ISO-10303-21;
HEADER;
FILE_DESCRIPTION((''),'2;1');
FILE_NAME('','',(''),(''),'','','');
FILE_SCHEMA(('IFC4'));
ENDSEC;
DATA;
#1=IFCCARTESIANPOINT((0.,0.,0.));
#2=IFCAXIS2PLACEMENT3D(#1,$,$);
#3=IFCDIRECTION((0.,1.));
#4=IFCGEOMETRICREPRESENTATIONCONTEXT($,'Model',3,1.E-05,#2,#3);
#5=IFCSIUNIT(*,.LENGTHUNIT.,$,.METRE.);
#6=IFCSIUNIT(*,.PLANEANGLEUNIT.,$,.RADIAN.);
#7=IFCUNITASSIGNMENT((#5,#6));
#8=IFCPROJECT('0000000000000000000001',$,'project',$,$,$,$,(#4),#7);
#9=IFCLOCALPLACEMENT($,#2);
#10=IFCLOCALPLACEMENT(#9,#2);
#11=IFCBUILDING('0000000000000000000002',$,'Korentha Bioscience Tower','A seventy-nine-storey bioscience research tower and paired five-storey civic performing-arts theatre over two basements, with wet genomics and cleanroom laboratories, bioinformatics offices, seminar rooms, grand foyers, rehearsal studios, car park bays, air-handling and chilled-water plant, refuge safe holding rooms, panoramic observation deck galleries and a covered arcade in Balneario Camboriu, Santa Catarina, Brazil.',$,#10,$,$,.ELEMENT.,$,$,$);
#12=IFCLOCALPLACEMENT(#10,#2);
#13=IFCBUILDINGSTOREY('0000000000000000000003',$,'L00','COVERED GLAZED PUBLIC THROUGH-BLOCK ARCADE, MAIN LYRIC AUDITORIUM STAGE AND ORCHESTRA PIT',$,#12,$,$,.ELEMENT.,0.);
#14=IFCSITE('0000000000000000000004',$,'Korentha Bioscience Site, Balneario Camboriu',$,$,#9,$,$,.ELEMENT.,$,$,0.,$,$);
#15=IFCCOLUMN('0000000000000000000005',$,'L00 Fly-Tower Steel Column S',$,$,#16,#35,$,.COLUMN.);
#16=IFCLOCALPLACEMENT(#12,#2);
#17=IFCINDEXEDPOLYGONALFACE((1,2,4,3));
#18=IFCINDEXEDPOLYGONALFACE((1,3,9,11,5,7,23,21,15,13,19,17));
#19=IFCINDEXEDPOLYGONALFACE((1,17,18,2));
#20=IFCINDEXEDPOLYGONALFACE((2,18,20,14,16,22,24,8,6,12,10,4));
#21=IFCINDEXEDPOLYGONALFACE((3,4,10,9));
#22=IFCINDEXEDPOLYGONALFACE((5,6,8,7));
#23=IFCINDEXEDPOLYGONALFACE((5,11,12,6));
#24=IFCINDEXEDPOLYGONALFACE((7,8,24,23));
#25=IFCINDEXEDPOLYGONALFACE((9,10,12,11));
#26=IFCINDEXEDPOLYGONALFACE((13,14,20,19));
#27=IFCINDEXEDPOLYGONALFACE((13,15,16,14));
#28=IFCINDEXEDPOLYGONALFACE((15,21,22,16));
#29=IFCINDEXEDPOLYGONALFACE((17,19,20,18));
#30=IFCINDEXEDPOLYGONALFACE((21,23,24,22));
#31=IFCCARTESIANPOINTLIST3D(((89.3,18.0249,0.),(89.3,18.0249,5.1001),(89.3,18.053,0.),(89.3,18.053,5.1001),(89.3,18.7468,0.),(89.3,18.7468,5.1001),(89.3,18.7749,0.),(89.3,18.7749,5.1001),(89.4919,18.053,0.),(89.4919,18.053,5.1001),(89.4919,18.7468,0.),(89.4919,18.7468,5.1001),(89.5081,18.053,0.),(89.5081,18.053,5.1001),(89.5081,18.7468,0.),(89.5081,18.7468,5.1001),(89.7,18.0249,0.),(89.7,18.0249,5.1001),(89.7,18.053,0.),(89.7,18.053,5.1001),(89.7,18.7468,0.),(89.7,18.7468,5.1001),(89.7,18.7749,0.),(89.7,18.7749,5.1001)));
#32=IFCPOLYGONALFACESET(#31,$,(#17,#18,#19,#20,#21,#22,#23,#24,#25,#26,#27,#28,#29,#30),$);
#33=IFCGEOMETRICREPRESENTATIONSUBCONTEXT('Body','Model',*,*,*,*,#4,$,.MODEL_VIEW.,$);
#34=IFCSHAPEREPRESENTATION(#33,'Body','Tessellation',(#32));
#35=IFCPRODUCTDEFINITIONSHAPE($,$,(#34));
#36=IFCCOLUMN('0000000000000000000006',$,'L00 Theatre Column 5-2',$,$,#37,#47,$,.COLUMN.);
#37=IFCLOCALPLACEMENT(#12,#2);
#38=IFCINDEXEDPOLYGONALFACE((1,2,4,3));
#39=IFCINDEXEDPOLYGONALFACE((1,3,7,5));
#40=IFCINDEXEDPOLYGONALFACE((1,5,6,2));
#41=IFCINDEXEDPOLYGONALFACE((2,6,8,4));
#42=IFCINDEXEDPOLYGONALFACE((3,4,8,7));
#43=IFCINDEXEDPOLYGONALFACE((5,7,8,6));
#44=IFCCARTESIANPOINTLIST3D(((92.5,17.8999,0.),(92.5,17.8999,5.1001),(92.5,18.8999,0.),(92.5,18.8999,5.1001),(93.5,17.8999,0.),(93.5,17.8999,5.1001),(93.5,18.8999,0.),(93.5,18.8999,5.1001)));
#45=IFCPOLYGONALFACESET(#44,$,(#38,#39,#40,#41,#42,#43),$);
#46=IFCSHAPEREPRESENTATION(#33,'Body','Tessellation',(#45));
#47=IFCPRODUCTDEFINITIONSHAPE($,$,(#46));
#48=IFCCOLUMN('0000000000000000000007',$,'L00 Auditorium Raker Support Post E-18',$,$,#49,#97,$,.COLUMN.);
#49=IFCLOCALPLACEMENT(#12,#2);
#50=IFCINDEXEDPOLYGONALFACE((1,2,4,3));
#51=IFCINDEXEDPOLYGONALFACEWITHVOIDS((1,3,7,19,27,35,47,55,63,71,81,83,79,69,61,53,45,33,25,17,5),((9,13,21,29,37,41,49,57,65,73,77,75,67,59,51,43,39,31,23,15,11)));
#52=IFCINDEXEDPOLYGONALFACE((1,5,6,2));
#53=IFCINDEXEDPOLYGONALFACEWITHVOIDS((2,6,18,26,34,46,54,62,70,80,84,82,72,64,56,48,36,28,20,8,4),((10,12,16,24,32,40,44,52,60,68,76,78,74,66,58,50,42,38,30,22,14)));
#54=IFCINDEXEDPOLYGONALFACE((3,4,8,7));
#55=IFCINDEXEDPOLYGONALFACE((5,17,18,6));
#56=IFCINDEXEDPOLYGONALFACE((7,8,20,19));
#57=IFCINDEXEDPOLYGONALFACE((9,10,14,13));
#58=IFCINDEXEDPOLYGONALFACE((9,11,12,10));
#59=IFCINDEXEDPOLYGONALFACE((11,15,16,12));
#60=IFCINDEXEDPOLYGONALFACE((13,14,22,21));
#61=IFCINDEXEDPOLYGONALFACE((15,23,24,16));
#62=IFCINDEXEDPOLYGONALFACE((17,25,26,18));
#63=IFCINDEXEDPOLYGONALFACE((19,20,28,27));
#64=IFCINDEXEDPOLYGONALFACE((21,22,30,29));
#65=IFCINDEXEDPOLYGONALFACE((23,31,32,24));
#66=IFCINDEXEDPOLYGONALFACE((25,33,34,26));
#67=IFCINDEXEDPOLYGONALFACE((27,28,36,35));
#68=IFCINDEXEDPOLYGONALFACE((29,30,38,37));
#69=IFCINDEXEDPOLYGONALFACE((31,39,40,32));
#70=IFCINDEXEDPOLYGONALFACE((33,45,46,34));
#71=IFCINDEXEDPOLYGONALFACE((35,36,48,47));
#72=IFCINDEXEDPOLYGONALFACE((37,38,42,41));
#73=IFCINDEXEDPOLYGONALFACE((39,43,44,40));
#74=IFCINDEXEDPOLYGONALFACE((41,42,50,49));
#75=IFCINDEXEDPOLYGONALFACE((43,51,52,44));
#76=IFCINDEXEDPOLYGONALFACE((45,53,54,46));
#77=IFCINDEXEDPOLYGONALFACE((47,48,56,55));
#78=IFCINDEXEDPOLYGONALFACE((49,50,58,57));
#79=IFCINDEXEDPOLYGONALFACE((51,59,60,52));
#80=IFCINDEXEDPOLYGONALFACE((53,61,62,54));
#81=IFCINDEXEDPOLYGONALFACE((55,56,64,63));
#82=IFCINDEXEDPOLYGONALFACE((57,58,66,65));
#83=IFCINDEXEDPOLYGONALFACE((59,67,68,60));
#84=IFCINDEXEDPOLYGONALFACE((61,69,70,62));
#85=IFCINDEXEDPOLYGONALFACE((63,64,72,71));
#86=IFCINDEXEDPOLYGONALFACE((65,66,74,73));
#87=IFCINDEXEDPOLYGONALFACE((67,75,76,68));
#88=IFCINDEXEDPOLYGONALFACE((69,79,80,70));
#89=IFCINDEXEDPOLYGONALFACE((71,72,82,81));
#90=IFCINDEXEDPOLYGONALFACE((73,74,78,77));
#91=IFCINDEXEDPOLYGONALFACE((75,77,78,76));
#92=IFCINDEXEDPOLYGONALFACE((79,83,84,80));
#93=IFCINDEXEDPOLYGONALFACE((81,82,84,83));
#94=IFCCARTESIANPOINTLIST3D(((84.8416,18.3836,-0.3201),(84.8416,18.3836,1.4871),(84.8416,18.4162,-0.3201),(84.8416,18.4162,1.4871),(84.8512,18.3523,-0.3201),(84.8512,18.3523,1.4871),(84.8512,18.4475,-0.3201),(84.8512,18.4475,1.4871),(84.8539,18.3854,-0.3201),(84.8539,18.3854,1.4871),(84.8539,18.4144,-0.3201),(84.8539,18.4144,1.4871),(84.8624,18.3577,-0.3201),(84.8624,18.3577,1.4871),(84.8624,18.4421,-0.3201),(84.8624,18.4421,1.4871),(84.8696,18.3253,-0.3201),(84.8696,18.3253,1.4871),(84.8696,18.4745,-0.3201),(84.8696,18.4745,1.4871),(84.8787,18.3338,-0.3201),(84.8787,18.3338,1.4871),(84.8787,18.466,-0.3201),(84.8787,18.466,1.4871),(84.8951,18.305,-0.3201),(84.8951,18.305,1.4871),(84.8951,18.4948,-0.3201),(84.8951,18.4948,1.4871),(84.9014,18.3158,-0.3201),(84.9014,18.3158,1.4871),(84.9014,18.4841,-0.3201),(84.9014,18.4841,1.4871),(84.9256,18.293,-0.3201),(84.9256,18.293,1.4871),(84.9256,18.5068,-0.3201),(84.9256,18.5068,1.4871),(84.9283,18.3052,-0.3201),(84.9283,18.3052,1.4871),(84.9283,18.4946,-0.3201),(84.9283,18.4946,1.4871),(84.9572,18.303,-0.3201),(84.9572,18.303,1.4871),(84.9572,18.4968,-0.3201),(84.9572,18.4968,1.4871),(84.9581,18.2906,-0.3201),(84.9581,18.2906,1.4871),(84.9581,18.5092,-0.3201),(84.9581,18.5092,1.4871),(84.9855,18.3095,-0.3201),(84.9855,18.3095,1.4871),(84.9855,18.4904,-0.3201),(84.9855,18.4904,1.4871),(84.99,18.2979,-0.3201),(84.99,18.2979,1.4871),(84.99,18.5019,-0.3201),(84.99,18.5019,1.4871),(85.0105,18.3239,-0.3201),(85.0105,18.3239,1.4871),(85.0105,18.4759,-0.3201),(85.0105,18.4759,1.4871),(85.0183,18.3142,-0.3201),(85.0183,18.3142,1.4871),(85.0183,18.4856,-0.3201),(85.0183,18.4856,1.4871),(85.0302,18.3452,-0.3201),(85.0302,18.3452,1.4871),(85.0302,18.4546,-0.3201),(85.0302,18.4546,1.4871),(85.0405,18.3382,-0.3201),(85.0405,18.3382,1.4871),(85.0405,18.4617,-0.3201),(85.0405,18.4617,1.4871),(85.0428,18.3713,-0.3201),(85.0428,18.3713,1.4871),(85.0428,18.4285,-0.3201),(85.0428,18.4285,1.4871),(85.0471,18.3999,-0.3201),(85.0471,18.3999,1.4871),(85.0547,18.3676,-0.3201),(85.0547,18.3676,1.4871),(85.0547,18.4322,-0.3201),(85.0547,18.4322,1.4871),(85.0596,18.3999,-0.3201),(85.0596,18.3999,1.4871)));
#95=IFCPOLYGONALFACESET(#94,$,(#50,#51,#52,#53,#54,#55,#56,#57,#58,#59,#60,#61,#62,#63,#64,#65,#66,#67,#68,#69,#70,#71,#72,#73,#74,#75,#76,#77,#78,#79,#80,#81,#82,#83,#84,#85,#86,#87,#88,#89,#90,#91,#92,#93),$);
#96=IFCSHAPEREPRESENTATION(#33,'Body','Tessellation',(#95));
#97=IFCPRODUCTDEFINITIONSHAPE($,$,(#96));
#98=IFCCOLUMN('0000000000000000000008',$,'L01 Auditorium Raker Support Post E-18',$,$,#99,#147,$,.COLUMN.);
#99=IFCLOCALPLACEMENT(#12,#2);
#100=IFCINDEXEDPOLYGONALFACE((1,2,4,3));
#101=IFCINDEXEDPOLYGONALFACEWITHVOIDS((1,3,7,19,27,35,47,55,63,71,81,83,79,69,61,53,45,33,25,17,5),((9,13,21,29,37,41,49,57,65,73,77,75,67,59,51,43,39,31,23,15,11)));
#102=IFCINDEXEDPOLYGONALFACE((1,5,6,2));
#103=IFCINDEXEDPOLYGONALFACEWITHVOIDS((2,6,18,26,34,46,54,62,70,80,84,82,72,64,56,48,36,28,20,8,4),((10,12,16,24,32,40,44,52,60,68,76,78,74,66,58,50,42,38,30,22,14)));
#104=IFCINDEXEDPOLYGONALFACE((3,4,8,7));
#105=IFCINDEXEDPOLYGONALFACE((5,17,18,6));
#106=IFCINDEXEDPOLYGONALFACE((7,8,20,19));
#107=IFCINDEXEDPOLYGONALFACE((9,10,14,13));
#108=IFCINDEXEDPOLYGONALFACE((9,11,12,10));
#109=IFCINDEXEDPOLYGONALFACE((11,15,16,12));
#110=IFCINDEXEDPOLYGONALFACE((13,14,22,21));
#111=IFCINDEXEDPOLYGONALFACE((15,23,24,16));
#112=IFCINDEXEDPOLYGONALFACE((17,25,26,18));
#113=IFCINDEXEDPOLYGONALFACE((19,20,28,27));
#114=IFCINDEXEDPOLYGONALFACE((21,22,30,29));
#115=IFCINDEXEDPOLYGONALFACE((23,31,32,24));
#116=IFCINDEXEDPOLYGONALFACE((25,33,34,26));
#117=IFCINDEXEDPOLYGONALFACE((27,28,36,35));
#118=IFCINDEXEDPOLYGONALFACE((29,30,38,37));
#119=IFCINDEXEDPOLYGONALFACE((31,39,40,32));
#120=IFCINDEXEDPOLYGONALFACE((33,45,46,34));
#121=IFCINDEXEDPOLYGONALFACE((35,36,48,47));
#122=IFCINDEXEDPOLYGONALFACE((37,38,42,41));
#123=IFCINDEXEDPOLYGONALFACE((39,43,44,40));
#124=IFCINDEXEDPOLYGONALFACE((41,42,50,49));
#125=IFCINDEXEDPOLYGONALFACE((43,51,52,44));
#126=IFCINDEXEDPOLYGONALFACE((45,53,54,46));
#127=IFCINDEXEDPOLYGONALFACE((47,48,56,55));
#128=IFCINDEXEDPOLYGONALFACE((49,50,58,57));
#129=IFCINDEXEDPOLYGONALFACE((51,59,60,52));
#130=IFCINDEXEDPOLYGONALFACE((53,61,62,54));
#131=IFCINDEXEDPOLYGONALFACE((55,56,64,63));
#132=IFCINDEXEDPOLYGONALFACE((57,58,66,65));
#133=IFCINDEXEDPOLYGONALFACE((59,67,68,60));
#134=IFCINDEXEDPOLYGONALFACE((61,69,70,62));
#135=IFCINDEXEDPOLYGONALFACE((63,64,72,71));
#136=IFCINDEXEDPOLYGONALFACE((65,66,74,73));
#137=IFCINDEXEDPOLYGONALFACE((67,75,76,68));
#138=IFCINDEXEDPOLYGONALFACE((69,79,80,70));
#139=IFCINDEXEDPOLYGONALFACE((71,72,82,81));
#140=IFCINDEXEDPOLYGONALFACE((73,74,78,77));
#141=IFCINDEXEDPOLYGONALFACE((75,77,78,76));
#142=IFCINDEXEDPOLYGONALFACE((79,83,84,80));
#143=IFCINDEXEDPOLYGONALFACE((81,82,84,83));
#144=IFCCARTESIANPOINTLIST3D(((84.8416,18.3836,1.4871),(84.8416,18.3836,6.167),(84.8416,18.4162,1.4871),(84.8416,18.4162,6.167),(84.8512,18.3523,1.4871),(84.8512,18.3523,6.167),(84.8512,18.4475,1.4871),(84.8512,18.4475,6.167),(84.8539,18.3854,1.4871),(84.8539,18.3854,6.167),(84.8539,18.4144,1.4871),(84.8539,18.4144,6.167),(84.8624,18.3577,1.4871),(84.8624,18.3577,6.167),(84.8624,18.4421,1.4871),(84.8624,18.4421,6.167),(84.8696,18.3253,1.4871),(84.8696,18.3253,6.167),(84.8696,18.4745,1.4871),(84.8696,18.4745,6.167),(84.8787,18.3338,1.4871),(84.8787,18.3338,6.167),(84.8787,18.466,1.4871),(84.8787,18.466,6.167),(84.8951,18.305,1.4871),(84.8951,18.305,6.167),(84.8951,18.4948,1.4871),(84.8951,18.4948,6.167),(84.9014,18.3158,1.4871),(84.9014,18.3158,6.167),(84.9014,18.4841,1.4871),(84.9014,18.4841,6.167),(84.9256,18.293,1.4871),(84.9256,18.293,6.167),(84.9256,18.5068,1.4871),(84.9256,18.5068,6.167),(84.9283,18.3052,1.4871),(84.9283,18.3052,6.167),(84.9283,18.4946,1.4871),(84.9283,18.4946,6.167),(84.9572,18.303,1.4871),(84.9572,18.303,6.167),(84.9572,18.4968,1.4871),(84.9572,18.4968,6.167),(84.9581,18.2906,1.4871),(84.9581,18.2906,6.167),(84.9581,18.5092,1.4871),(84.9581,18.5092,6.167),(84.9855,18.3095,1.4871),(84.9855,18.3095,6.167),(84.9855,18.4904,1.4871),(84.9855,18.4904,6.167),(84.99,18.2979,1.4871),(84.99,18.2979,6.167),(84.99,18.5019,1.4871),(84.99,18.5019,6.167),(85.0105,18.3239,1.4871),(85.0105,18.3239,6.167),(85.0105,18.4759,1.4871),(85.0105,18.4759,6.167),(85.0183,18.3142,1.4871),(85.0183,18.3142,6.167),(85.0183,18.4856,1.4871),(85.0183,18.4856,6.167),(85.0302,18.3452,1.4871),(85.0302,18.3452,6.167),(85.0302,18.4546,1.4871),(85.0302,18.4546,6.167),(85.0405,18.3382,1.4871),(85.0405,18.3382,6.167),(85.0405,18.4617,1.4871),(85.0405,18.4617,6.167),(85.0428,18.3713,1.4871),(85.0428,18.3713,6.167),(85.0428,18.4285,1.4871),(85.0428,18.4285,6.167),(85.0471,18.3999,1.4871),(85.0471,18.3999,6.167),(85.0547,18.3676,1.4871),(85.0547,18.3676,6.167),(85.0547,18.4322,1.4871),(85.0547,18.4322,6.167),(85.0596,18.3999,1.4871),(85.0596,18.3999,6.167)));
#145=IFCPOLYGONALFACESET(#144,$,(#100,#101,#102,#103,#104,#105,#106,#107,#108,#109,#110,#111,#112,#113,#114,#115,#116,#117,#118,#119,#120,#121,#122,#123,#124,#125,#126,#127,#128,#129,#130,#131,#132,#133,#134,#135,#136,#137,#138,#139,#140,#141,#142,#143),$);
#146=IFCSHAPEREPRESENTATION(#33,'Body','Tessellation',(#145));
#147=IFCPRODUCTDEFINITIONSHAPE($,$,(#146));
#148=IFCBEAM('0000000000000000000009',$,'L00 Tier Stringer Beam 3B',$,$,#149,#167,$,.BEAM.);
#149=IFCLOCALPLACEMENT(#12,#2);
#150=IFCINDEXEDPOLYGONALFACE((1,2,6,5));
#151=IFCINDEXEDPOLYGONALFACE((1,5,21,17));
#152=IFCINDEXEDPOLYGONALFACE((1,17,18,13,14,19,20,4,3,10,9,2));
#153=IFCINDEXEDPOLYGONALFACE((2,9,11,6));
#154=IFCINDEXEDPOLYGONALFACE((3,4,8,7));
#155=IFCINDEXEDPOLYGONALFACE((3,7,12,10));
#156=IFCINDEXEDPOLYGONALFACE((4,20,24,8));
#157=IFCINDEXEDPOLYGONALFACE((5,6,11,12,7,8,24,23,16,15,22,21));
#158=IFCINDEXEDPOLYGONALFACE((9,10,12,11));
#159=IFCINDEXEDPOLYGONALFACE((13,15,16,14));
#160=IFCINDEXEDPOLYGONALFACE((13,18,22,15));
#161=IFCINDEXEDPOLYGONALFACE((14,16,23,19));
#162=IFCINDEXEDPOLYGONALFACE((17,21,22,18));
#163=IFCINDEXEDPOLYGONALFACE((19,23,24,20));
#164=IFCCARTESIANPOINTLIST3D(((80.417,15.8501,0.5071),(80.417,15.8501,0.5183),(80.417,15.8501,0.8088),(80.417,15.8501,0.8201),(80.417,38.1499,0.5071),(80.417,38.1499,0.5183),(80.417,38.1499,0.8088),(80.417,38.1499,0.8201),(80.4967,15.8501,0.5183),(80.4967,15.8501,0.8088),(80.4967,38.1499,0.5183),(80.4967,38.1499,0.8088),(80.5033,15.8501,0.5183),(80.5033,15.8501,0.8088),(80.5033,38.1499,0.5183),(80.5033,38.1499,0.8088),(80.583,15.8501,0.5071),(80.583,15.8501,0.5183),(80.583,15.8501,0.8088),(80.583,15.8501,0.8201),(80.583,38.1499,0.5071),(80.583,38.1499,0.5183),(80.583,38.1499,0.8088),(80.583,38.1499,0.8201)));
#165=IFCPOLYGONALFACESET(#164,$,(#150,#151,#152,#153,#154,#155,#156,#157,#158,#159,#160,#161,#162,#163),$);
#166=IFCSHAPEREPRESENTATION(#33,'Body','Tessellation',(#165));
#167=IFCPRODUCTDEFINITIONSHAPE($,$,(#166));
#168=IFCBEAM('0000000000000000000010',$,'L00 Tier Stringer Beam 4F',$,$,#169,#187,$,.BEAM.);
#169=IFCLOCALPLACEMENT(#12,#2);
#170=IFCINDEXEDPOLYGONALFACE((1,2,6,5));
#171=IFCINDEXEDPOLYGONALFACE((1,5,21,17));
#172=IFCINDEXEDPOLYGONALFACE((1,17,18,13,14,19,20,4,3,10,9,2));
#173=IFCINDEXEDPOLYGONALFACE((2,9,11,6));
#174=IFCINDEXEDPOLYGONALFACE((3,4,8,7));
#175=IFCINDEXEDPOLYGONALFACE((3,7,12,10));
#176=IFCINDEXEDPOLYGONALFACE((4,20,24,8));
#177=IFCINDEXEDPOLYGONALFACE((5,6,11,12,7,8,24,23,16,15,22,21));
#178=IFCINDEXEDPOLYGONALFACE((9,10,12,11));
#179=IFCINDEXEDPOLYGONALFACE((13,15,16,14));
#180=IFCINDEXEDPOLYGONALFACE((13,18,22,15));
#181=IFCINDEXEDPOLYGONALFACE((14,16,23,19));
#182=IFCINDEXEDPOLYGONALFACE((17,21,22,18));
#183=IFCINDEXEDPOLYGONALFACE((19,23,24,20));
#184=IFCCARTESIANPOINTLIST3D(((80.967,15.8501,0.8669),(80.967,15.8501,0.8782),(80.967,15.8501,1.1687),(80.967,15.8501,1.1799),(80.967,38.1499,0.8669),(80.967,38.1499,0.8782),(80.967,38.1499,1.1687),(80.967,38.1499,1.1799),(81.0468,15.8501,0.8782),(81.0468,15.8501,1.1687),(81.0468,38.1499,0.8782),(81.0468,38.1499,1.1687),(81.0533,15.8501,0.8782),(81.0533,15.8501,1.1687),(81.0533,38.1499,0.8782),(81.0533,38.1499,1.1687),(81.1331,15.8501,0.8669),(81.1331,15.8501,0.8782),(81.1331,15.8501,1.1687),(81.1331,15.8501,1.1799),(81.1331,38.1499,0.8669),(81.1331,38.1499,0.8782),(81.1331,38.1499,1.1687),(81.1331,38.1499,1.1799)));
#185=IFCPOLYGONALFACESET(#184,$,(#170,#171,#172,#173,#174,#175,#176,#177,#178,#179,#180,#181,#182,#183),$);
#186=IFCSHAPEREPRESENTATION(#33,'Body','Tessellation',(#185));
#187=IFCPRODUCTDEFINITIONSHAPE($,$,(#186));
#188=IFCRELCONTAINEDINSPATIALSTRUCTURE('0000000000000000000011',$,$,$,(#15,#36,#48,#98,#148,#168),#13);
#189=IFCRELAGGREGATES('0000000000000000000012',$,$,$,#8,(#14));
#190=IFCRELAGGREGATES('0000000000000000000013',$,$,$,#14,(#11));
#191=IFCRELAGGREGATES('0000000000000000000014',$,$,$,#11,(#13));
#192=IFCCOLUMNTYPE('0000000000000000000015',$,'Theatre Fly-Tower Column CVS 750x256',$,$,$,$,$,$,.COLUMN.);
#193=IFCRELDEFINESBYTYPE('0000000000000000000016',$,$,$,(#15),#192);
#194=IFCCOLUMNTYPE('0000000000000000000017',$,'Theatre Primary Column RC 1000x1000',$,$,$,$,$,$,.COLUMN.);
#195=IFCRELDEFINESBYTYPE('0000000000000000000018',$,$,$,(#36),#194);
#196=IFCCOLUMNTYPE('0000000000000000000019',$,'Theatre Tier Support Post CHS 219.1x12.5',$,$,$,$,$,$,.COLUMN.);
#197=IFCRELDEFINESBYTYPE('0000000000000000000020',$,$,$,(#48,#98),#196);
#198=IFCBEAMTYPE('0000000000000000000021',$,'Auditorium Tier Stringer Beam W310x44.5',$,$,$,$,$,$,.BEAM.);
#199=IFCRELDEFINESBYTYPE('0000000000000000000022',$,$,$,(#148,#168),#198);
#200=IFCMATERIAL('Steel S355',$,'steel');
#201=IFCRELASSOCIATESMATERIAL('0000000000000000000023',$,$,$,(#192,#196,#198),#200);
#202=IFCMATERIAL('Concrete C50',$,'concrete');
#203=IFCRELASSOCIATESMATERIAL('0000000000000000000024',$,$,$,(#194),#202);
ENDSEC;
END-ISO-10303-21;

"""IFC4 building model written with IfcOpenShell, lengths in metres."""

from ifc_helpers import new_model, si_unit, direction, frame, origin, origin_2d, place, context, subcontext, project, spatial, rectangle, hollow_circle, i_section, extrude, material, material_profile, profile_set, type_object, element, save


model = new_model("IFC4")

# Units and contexts
model_context = context("Model", 3, precision=1e-05, world=origin(), true_north=direction((0.0, 1.0)))
body_context = subcontext(model_context, "Body", "Model", "MODEL_VIEW")
ifc_project = project(units=[si_unit("LENGTHUNIT", "METRE"), si_unit("PLANEANGLEUNIT", "RADIAN")], contexts=[model_context])

# Site, building, storey
site_placement = place(None, origin())
site = spatial("IfcSite", under=ifc_project, at=site_placement, Name="Korentha Bioscience Site, Balneario Camboriu", CompositionType="ELEMENT", RefElevation=0.0)
building_placement = place(site_placement, origin())
building = spatial("IfcBuilding", under=site, at=building_placement, Name="Korentha Bioscience Tower", Description="A seventy-nine-storey bioscience research tower and paired five-storey civic performing-arts theatre over two basements, with wet genomics and cleanroom laboratories, bioinformatics offices, seminar rooms, grand foyers, rehearsal studios, car park bays, air-handling and chilled-water plant, refuge safe holding rooms, panoramic observation deck galleries and a covered arcade in Balneario Camboriu, Santa Catarina, Brazil.", CompositionType="ELEMENT")
storey_placement = place(building_placement, origin())
storey = spatial("IfcBuildingStorey", under=building, at=storey_placement, Name="L00", Description="COVERED GLAZED PUBLIC THROUGH-BLOCK ARCADE, MAIN LYRIC AUDITORIUM STAGE AND ORCHESTRA PIT", CompositionType="ELEMENT", Elevation=0.0)

# Columns
ifc_material_1 = material(Name="Steel S355", Category="steel")
ifc_material_profile_1 = material_profile(ifc_material_1, i_section(OverallWidth=0.3999, OverallDepth=0.75, WebThickness=0.0161, FlangeThickness=0.0281, at=origin_2d()), Name="Steel S355")
ifc_profile_set_1 = profile_set([ifc_material_profile_1], Name="Steel S355 (TC-02)")
column_type_1 = type_object("IfcColumnType", Name="Theatre Fly-Tower Column CVS 750x256", PredefinedType="COLUMN", material=ifc_profile_set_1)
column_1_placement = place(storey_placement, frame((89.5, 18.3999, 0.0), z_axis=(0.0, 0.0, 1.0), x_axis=(1.0, 0.0, 0.0)))
element("IfcColumn", 1, at=column_1_placement, inside=storey, type_object=column_type_1, Name="L00 Fly-Tower Steel Column S", PredefinedType="COLUMN", context=body_context, shape_type="SweptSolid", body=[
    extrude(i_section(OverallWidth=0.3999, OverallDepth=0.75, WebThickness=0.0161, FlangeThickness=0.0281, at=origin_2d()), origin(), (0.0, 0.0, 1.0), 5.1001),
])
ifc_material_2 = material(Name="Concrete C50", Category="concrete")
ifc_material_profile_2 = material_profile(ifc_material_2, rectangle(XDim=1.0, YDim=1.0, at=origin_2d()), Name="Concrete C50")
ifc_profile_set_2 = profile_set([ifc_material_profile_2], Name="Concrete C50 (TC-01)")
column_type_2 = type_object("IfcColumnType", Name="Theatre Primary Column RC 1000x1000", PredefinedType="COLUMN", material=ifc_profile_set_2)
column_2_placement = place(storey_placement, frame((93.0, 18.3999, 0.0), z_axis=(0.0, 0.0, 1.0), x_axis=(1.0, 0.0, 0.0)))
element("IfcColumn", 2, at=column_2_placement, inside=storey, type_object=column_type_2, Name="L00 Theatre Column 5-2", PredefinedType="COLUMN", context=body_context, shape_type="SweptSolid", body=[
    extrude(rectangle(XDim=1.0, YDim=1.0, at=origin_2d()), origin(), (0.0, 0.0, 1.0), 5.1001),
])
ifc_material_profile_3 = material_profile(ifc_material_1, hollow_circle(Radius=0.1096, WallThickness=0.0125, at=origin_2d()), Name="Steel S355")
ifc_profile_set_3 = profile_set([ifc_material_profile_3], Name="Steel S355 (TC-P219)")
column_type_3 = type_object("IfcColumnType", Name="Theatre Tier Support Post CHS 219.1x12.5", PredefinedType="COLUMN", material=ifc_profile_set_3)
column_3_placement = place(storey_placement, frame((84.95, 18.3999, -0.3201), z_axis=(0.0, 0.0, 1.0), x_axis=(1.0, 0.0, 0.0)))
element("IfcColumn", 3, at=column_3_placement, inside=storey, type_object=column_type_3, Name="L00 Auditorium Raker Support Post E-18", PredefinedType="COLUMN", context=body_context, shape_type="SweptSolid", body=[
    extrude(hollow_circle(Radius=0.1096, WallThickness=0.0125, at=origin_2d()), origin(), (0.0, 0.0, 1.0), 1.8071),
])
column_4_placement = place(storey_placement, frame((84.95, 18.3999, 1.4871), z_axis=(0.0, 0.0, 1.0), x_axis=(1.0, 0.0, 0.0)))
element("IfcColumn", 4, at=column_4_placement, inside=storey, type_object=column_type_3, Name="L01 Auditorium Raker Support Post E-18", PredefinedType="COLUMN", context=body_context, shape_type="SweptSolid", body=[
    extrude(hollow_circle(Radius=0.1096, WallThickness=0.0125, at=origin_2d()), origin(), (0.0, 0.0, 1.0), 4.6799),
])

# Beams
ifc_material_profile_4 = material_profile(ifc_material_1, i_section(OverallWidth=0.166, OverallDepth=0.313, WebThickness=0.0066, FlangeThickness=0.0112, at=origin_2d()), Name="Steel S355")
ifc_profile_set_4 = profile_set([ifc_material_profile_4], Name="Steel S355 (TS-310)")
beam_type_1 = type_object("IfcBeamType", Name="Auditorium Tier Stringer Beam W310x44.5", PredefinedType="BEAM", material=ifc_profile_set_4)
for number, where, z_axis, x_axis, name in (
    (5, (80.5, 15.8501, 0.6636), (0.0, 1.0, 0.0), (-1.0, 0.0, 0.0), "L00 Tier Stringer Beam 3B"),
    (6, (81.05, 15.8501, 1.0234), (0.0, 1.0, 0.0), (-1.0, 0.0, 0.0), "L00 Tier Stringer Beam 4F"),
):
    element("IfcBeam", number, at=place(storey_placement, frame(where, z_axis=z_axis, x_axis=x_axis)), inside=storey, type_object=beam_type_1, Name=name, PredefinedType="BEAM", context=body_context, shape_type="SweptSolid", body=[
        extrude(i_section(OverallWidth=0.166, OverallDepth=0.313, WebThickness=0.0066, FlangeThickness=0.0112, at=origin_2d()), origin(), (0.0, 0.0, 1.0), 22.2998),
    ])

save(model, "model.ifc")
